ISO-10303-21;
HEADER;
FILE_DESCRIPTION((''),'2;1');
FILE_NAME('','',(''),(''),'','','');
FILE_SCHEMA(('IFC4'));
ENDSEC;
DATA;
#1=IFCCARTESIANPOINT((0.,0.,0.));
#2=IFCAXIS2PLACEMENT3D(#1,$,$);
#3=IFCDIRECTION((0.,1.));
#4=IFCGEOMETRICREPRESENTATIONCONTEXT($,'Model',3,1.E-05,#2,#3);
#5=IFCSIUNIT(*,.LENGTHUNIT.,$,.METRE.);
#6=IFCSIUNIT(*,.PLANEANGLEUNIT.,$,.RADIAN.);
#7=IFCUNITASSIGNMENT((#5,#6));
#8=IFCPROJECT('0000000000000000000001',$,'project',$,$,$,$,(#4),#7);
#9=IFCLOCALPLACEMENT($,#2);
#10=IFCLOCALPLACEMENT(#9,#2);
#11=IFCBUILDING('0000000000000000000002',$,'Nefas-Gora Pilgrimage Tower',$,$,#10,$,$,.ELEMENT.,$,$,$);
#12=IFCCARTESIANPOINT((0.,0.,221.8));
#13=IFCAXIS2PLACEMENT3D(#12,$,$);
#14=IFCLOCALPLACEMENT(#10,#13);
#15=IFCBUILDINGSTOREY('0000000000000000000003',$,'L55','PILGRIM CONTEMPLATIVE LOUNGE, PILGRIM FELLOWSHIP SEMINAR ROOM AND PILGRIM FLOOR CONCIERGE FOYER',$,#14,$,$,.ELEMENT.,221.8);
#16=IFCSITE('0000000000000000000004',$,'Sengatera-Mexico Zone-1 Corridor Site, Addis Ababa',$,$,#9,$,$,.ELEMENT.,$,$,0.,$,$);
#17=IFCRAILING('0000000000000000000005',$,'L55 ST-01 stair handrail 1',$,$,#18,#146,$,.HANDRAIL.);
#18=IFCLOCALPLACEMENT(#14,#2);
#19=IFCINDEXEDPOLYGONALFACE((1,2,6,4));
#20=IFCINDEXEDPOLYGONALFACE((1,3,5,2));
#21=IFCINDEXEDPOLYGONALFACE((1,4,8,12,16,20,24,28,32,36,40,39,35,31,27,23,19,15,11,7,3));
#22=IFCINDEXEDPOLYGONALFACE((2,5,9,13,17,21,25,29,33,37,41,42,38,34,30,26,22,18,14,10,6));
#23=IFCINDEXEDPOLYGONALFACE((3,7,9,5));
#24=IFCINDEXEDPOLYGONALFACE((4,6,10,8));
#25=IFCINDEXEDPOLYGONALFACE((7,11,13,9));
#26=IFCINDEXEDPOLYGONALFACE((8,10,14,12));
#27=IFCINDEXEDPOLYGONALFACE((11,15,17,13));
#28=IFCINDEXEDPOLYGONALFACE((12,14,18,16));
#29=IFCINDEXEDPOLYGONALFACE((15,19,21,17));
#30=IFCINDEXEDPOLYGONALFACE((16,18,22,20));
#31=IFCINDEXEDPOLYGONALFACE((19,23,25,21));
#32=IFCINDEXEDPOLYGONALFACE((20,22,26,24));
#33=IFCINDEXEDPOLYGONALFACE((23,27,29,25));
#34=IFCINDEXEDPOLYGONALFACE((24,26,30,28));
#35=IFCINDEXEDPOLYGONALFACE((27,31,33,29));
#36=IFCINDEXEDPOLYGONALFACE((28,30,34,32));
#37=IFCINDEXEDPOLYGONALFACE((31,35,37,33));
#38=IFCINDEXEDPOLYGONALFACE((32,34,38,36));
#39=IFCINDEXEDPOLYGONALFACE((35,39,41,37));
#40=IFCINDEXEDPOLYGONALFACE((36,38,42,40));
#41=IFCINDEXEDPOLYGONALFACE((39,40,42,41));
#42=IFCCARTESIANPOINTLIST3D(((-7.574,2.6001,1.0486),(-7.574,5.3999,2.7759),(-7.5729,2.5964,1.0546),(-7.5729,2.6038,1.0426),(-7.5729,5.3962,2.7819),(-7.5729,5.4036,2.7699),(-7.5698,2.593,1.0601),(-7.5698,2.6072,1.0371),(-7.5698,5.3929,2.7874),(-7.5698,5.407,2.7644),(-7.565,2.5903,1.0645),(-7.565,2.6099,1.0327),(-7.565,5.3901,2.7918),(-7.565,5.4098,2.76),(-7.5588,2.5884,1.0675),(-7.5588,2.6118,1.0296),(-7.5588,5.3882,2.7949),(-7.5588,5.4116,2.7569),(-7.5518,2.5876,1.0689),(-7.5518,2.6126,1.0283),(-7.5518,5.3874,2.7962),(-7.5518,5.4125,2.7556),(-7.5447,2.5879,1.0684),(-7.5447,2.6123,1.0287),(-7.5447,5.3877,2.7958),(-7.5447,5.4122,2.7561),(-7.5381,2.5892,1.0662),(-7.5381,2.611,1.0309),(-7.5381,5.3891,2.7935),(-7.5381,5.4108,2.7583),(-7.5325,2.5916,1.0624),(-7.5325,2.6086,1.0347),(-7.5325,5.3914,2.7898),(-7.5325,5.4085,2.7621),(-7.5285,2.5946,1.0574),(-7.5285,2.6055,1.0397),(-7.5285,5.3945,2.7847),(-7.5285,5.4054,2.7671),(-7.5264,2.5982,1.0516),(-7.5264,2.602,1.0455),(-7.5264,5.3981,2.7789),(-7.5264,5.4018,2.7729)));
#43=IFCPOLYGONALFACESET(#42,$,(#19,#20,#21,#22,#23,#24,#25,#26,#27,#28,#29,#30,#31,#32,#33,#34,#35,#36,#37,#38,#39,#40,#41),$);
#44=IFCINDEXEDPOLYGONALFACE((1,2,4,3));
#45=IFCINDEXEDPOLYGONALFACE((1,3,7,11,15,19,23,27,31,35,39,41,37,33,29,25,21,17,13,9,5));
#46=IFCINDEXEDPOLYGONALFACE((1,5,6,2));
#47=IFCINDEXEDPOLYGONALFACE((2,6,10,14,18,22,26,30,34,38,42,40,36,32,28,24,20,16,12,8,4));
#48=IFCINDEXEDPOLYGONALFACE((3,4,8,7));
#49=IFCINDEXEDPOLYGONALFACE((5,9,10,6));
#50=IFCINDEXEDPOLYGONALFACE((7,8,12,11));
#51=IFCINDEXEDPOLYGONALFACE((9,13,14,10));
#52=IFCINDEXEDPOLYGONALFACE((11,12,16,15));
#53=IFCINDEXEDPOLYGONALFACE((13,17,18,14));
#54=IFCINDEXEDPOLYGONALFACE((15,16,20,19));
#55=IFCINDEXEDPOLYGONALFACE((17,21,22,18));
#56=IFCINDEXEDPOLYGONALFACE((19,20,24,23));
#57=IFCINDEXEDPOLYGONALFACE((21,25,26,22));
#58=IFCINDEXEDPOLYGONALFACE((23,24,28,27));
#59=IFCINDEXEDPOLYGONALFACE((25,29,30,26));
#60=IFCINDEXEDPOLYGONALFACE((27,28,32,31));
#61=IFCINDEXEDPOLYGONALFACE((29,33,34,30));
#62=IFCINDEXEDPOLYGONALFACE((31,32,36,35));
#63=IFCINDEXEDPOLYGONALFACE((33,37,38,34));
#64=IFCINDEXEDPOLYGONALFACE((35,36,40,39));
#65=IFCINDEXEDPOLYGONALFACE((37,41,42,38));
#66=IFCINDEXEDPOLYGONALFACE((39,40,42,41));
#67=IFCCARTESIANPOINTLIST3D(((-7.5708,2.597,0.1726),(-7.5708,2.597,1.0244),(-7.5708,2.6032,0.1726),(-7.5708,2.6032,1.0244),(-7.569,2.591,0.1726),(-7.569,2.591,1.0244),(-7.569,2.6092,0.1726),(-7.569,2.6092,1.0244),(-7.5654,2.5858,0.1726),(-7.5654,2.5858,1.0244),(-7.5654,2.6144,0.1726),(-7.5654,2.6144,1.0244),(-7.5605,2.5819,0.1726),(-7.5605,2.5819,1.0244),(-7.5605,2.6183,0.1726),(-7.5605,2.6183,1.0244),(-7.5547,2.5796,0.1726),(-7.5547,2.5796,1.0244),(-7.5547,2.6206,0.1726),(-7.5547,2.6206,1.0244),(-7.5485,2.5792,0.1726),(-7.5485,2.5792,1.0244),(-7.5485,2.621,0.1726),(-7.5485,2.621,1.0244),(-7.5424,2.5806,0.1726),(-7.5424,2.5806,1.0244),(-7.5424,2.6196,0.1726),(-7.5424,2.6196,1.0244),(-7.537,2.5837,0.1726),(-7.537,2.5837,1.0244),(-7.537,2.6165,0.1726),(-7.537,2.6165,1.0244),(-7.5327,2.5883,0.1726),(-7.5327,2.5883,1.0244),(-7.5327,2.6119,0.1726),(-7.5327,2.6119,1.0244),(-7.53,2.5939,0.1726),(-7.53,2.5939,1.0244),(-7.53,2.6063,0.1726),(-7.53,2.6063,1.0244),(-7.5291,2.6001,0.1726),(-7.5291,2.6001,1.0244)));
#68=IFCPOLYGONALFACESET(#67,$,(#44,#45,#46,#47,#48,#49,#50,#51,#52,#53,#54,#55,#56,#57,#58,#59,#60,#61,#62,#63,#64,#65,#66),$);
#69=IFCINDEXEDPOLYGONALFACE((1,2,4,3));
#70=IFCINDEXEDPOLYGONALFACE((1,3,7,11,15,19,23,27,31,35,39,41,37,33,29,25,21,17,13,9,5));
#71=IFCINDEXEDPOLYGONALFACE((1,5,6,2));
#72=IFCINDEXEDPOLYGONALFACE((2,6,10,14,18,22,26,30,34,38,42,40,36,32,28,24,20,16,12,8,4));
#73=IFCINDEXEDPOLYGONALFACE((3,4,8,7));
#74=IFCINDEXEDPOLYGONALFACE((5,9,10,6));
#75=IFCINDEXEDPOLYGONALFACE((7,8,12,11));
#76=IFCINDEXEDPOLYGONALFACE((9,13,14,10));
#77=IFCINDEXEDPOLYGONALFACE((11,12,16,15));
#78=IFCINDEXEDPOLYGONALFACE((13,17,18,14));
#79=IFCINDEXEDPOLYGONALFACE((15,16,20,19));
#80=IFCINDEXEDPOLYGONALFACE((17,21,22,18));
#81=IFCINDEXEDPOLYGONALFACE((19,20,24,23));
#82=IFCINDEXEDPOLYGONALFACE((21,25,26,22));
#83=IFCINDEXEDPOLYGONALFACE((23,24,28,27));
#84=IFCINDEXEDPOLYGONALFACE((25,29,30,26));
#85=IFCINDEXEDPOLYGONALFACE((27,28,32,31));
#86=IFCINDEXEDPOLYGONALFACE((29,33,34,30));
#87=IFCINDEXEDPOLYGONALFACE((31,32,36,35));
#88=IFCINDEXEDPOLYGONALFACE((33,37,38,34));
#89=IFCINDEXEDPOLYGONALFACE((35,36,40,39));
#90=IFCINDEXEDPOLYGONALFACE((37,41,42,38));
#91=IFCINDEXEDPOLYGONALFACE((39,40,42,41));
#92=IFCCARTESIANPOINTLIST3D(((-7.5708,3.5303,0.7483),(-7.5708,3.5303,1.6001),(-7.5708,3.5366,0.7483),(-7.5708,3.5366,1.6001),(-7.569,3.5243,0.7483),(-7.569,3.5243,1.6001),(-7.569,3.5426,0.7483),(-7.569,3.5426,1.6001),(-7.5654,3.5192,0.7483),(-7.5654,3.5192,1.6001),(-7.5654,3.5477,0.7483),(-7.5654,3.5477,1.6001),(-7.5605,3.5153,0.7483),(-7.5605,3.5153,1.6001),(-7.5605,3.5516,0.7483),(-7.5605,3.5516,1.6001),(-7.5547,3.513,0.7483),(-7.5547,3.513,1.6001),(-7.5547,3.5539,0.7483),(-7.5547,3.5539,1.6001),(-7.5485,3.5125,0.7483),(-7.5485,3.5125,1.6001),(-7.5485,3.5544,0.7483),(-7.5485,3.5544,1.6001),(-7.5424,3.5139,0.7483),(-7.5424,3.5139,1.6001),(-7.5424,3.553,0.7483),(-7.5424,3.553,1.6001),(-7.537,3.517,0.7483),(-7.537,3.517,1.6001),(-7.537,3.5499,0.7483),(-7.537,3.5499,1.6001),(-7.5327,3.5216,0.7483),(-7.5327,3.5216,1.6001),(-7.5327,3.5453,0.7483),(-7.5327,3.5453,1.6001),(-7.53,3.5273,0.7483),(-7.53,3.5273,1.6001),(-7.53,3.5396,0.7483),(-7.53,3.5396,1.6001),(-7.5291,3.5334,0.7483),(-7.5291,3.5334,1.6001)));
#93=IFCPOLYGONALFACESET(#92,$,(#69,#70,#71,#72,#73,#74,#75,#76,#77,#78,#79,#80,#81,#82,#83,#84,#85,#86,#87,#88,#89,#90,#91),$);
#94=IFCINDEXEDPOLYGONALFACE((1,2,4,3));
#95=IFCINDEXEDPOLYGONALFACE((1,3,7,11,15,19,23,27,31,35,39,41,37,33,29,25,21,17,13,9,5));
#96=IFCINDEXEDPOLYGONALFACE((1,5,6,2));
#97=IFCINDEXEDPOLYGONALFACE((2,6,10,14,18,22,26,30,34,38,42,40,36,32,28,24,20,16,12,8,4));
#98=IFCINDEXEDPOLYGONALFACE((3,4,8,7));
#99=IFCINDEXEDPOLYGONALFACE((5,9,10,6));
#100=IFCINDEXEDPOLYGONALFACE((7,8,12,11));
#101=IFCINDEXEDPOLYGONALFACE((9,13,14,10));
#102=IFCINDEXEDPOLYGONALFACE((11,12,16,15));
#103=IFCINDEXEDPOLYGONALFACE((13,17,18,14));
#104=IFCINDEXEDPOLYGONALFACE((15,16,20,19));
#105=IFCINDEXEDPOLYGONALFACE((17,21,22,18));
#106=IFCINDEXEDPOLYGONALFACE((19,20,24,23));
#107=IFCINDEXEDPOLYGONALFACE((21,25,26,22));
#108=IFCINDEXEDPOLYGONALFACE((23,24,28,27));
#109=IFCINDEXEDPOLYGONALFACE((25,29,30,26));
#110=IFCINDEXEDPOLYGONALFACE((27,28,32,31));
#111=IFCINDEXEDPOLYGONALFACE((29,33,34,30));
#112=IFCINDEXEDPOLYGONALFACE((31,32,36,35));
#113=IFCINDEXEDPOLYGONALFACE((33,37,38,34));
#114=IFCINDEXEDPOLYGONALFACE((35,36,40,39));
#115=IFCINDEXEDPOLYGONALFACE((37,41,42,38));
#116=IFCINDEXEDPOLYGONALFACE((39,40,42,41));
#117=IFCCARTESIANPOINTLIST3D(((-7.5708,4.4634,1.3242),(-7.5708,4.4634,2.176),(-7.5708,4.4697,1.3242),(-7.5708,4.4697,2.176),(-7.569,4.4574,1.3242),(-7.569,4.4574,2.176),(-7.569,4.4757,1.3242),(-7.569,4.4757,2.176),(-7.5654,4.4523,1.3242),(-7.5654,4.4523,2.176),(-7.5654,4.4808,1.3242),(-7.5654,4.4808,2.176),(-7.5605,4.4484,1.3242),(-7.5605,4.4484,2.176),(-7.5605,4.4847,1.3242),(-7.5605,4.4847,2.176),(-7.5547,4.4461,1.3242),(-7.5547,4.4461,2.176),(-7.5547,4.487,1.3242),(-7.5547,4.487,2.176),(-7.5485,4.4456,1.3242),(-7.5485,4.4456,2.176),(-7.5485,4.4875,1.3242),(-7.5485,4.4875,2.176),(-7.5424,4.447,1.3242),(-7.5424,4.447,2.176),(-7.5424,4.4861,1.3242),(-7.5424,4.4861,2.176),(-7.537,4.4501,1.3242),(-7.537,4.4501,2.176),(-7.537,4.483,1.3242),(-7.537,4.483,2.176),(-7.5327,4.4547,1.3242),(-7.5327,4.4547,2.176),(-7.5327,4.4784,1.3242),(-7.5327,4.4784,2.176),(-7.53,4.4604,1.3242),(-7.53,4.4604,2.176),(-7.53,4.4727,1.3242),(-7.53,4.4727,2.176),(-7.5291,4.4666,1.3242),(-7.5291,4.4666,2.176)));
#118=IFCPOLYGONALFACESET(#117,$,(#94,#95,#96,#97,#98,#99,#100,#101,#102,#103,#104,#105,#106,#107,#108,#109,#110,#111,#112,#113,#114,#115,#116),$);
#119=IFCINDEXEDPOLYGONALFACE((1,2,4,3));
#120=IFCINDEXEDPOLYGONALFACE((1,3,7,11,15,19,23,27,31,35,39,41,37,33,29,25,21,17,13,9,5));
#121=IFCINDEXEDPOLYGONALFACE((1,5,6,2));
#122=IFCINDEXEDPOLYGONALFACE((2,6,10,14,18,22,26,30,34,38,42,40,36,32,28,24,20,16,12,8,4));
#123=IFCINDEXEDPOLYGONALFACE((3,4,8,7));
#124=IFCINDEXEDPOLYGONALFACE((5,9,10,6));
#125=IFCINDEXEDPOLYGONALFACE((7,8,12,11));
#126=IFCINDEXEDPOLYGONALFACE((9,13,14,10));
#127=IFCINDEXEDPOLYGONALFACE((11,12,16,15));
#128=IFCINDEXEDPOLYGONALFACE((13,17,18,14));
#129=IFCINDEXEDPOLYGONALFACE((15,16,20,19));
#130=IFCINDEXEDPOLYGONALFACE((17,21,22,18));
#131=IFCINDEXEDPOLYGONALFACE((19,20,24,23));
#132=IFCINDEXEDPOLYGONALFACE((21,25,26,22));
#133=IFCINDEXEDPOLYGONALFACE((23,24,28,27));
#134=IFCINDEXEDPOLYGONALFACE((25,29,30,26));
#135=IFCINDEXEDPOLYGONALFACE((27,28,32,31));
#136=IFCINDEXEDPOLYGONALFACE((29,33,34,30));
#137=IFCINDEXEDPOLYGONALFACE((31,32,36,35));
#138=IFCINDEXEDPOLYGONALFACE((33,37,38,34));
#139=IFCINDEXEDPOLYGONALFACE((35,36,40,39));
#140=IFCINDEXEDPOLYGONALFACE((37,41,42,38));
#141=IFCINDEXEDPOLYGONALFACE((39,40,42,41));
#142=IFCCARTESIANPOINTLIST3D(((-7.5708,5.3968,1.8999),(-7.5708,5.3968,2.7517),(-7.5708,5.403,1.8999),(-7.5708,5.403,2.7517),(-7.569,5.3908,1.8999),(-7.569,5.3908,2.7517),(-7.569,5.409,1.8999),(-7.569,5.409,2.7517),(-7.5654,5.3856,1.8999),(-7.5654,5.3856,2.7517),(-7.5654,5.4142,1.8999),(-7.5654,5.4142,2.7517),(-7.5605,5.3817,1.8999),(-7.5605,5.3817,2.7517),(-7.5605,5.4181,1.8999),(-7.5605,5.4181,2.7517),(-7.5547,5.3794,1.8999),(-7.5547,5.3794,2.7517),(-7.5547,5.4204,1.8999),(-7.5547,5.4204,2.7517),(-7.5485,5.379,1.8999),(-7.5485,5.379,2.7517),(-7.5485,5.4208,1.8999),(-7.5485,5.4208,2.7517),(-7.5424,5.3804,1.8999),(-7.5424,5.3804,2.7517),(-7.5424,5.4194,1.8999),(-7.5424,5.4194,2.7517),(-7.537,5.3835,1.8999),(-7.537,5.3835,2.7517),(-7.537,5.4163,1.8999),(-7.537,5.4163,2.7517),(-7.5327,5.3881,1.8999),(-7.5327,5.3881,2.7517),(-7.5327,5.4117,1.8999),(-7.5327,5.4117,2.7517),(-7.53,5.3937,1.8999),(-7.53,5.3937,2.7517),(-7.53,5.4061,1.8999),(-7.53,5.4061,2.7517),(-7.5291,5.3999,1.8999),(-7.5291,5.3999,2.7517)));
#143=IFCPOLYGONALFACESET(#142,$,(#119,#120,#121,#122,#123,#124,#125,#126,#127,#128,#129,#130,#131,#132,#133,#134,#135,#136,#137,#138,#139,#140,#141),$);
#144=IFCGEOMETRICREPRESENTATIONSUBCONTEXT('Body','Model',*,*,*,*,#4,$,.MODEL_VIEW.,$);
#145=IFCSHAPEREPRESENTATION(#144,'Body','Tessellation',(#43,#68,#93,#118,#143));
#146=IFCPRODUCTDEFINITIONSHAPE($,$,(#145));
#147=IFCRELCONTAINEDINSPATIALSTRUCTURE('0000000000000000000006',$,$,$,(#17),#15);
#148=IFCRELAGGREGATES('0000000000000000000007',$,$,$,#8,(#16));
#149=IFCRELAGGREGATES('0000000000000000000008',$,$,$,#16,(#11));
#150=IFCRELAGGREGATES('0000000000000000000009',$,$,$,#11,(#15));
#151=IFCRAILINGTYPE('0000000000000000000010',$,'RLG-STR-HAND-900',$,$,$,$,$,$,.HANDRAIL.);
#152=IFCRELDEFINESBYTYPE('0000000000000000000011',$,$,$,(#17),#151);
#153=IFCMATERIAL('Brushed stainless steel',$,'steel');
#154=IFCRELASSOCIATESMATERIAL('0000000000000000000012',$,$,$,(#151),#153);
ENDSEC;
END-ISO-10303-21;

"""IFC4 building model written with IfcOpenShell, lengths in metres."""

from ifc_helpers import new_model, si_unit, direction, frame, origin, origin_2d, place, context, subcontext, project, spatial, circle, extrude, material, type_object, element, save


model = new_model("IFC4")

# Units and contexts
model_context = context("Model", 3, precision=1e-05, world=origin(), true_north=direction((0.0, 1.0)))
body_context = subcontext(model_context, "Body", "Model", "MODEL_VIEW")
ifc_project = project(units=[si_unit("LENGTHUNIT", "METRE"), si_unit("PLANEANGLEUNIT", "RADIAN")], contexts=[model_context])

# Site, building, storey
site_placement = place(None, origin())
site = spatial("IfcSite", under=ifc_project, at=site_placement, Name="Sengatera-Mexico Zone-1 Corridor Site, Addis Ababa", CompositionType="ELEMENT", RefElevation=0.0)
building_placement = place(site_placement, origin())
building = spatial("IfcBuilding", under=site, at=building_placement, Name="Nefas-Gora Pilgrimage Tower", CompositionType="ELEMENT")
storey_placement = place(building_placement, frame((0.0, 0.0, 221.8)))
storey = spatial("IfcBuildingStorey", under=building, at=storey_placement, Name="L55", Description="PILGRIM CONTEMPLATIVE LOUNGE, PILGRIM FELLOWSHIP SEMINAR ROOM AND PILGRIM FLOOR CONCIERGE FOYER", CompositionType="ELEMENT", Elevation=221.8)

# Railing
ifc_material_1 = material(Name="Brushed stainless steel", Category="steel")
railing_type_1 = type_object("IfcRailingType", Name="RLG-STR-HAND-900", PredefinedType="HANDRAIL", material=ifc_material_1)
railing_1_placement = place(storey_placement, frame((-7.55, 2.6001, 0.1726)))
element("IfcRailing", 1, at=railing_1_placement, inside=storey, type_object=railing_type_1, Name="L55 ST-01 stair handrail 1", PredefinedType="HANDRAIL", context=body_context, shape_type="SweptSolid", body=[
    extrude(circle(Radius=0.0239, at=origin_2d()), frame((0.0, 0.0, 0.876), z_axis=(0.0, 0.851069, 0.525054), x_axis=(-1.0, 0.0, 0.0)), (0.0, 0.0, 1.0), 3.2898),
    extrude(circle(Radius=0.021, at=origin_2d()), origin(), (0.0, 0.0, 1.0), 0.8518),
    extrude(circle(Radius=0.021, at=origin_2d()), frame((0.0, 0.9333, 0.5757)), (0.0, 0.0, 1.0), 0.8518),
    extrude(circle(Radius=0.021, at=origin_2d()), frame((0.0, 1.8665, 1.1516)), (0.0, 0.0, 1.0), 0.8518),
    extrude(circle(Radius=0.021, at=origin_2d()), frame((0.0, 2.7998, 1.7273)), (0.0, 0.0, 1.0), 0.8518),
])

save(model, "model.ifc")
